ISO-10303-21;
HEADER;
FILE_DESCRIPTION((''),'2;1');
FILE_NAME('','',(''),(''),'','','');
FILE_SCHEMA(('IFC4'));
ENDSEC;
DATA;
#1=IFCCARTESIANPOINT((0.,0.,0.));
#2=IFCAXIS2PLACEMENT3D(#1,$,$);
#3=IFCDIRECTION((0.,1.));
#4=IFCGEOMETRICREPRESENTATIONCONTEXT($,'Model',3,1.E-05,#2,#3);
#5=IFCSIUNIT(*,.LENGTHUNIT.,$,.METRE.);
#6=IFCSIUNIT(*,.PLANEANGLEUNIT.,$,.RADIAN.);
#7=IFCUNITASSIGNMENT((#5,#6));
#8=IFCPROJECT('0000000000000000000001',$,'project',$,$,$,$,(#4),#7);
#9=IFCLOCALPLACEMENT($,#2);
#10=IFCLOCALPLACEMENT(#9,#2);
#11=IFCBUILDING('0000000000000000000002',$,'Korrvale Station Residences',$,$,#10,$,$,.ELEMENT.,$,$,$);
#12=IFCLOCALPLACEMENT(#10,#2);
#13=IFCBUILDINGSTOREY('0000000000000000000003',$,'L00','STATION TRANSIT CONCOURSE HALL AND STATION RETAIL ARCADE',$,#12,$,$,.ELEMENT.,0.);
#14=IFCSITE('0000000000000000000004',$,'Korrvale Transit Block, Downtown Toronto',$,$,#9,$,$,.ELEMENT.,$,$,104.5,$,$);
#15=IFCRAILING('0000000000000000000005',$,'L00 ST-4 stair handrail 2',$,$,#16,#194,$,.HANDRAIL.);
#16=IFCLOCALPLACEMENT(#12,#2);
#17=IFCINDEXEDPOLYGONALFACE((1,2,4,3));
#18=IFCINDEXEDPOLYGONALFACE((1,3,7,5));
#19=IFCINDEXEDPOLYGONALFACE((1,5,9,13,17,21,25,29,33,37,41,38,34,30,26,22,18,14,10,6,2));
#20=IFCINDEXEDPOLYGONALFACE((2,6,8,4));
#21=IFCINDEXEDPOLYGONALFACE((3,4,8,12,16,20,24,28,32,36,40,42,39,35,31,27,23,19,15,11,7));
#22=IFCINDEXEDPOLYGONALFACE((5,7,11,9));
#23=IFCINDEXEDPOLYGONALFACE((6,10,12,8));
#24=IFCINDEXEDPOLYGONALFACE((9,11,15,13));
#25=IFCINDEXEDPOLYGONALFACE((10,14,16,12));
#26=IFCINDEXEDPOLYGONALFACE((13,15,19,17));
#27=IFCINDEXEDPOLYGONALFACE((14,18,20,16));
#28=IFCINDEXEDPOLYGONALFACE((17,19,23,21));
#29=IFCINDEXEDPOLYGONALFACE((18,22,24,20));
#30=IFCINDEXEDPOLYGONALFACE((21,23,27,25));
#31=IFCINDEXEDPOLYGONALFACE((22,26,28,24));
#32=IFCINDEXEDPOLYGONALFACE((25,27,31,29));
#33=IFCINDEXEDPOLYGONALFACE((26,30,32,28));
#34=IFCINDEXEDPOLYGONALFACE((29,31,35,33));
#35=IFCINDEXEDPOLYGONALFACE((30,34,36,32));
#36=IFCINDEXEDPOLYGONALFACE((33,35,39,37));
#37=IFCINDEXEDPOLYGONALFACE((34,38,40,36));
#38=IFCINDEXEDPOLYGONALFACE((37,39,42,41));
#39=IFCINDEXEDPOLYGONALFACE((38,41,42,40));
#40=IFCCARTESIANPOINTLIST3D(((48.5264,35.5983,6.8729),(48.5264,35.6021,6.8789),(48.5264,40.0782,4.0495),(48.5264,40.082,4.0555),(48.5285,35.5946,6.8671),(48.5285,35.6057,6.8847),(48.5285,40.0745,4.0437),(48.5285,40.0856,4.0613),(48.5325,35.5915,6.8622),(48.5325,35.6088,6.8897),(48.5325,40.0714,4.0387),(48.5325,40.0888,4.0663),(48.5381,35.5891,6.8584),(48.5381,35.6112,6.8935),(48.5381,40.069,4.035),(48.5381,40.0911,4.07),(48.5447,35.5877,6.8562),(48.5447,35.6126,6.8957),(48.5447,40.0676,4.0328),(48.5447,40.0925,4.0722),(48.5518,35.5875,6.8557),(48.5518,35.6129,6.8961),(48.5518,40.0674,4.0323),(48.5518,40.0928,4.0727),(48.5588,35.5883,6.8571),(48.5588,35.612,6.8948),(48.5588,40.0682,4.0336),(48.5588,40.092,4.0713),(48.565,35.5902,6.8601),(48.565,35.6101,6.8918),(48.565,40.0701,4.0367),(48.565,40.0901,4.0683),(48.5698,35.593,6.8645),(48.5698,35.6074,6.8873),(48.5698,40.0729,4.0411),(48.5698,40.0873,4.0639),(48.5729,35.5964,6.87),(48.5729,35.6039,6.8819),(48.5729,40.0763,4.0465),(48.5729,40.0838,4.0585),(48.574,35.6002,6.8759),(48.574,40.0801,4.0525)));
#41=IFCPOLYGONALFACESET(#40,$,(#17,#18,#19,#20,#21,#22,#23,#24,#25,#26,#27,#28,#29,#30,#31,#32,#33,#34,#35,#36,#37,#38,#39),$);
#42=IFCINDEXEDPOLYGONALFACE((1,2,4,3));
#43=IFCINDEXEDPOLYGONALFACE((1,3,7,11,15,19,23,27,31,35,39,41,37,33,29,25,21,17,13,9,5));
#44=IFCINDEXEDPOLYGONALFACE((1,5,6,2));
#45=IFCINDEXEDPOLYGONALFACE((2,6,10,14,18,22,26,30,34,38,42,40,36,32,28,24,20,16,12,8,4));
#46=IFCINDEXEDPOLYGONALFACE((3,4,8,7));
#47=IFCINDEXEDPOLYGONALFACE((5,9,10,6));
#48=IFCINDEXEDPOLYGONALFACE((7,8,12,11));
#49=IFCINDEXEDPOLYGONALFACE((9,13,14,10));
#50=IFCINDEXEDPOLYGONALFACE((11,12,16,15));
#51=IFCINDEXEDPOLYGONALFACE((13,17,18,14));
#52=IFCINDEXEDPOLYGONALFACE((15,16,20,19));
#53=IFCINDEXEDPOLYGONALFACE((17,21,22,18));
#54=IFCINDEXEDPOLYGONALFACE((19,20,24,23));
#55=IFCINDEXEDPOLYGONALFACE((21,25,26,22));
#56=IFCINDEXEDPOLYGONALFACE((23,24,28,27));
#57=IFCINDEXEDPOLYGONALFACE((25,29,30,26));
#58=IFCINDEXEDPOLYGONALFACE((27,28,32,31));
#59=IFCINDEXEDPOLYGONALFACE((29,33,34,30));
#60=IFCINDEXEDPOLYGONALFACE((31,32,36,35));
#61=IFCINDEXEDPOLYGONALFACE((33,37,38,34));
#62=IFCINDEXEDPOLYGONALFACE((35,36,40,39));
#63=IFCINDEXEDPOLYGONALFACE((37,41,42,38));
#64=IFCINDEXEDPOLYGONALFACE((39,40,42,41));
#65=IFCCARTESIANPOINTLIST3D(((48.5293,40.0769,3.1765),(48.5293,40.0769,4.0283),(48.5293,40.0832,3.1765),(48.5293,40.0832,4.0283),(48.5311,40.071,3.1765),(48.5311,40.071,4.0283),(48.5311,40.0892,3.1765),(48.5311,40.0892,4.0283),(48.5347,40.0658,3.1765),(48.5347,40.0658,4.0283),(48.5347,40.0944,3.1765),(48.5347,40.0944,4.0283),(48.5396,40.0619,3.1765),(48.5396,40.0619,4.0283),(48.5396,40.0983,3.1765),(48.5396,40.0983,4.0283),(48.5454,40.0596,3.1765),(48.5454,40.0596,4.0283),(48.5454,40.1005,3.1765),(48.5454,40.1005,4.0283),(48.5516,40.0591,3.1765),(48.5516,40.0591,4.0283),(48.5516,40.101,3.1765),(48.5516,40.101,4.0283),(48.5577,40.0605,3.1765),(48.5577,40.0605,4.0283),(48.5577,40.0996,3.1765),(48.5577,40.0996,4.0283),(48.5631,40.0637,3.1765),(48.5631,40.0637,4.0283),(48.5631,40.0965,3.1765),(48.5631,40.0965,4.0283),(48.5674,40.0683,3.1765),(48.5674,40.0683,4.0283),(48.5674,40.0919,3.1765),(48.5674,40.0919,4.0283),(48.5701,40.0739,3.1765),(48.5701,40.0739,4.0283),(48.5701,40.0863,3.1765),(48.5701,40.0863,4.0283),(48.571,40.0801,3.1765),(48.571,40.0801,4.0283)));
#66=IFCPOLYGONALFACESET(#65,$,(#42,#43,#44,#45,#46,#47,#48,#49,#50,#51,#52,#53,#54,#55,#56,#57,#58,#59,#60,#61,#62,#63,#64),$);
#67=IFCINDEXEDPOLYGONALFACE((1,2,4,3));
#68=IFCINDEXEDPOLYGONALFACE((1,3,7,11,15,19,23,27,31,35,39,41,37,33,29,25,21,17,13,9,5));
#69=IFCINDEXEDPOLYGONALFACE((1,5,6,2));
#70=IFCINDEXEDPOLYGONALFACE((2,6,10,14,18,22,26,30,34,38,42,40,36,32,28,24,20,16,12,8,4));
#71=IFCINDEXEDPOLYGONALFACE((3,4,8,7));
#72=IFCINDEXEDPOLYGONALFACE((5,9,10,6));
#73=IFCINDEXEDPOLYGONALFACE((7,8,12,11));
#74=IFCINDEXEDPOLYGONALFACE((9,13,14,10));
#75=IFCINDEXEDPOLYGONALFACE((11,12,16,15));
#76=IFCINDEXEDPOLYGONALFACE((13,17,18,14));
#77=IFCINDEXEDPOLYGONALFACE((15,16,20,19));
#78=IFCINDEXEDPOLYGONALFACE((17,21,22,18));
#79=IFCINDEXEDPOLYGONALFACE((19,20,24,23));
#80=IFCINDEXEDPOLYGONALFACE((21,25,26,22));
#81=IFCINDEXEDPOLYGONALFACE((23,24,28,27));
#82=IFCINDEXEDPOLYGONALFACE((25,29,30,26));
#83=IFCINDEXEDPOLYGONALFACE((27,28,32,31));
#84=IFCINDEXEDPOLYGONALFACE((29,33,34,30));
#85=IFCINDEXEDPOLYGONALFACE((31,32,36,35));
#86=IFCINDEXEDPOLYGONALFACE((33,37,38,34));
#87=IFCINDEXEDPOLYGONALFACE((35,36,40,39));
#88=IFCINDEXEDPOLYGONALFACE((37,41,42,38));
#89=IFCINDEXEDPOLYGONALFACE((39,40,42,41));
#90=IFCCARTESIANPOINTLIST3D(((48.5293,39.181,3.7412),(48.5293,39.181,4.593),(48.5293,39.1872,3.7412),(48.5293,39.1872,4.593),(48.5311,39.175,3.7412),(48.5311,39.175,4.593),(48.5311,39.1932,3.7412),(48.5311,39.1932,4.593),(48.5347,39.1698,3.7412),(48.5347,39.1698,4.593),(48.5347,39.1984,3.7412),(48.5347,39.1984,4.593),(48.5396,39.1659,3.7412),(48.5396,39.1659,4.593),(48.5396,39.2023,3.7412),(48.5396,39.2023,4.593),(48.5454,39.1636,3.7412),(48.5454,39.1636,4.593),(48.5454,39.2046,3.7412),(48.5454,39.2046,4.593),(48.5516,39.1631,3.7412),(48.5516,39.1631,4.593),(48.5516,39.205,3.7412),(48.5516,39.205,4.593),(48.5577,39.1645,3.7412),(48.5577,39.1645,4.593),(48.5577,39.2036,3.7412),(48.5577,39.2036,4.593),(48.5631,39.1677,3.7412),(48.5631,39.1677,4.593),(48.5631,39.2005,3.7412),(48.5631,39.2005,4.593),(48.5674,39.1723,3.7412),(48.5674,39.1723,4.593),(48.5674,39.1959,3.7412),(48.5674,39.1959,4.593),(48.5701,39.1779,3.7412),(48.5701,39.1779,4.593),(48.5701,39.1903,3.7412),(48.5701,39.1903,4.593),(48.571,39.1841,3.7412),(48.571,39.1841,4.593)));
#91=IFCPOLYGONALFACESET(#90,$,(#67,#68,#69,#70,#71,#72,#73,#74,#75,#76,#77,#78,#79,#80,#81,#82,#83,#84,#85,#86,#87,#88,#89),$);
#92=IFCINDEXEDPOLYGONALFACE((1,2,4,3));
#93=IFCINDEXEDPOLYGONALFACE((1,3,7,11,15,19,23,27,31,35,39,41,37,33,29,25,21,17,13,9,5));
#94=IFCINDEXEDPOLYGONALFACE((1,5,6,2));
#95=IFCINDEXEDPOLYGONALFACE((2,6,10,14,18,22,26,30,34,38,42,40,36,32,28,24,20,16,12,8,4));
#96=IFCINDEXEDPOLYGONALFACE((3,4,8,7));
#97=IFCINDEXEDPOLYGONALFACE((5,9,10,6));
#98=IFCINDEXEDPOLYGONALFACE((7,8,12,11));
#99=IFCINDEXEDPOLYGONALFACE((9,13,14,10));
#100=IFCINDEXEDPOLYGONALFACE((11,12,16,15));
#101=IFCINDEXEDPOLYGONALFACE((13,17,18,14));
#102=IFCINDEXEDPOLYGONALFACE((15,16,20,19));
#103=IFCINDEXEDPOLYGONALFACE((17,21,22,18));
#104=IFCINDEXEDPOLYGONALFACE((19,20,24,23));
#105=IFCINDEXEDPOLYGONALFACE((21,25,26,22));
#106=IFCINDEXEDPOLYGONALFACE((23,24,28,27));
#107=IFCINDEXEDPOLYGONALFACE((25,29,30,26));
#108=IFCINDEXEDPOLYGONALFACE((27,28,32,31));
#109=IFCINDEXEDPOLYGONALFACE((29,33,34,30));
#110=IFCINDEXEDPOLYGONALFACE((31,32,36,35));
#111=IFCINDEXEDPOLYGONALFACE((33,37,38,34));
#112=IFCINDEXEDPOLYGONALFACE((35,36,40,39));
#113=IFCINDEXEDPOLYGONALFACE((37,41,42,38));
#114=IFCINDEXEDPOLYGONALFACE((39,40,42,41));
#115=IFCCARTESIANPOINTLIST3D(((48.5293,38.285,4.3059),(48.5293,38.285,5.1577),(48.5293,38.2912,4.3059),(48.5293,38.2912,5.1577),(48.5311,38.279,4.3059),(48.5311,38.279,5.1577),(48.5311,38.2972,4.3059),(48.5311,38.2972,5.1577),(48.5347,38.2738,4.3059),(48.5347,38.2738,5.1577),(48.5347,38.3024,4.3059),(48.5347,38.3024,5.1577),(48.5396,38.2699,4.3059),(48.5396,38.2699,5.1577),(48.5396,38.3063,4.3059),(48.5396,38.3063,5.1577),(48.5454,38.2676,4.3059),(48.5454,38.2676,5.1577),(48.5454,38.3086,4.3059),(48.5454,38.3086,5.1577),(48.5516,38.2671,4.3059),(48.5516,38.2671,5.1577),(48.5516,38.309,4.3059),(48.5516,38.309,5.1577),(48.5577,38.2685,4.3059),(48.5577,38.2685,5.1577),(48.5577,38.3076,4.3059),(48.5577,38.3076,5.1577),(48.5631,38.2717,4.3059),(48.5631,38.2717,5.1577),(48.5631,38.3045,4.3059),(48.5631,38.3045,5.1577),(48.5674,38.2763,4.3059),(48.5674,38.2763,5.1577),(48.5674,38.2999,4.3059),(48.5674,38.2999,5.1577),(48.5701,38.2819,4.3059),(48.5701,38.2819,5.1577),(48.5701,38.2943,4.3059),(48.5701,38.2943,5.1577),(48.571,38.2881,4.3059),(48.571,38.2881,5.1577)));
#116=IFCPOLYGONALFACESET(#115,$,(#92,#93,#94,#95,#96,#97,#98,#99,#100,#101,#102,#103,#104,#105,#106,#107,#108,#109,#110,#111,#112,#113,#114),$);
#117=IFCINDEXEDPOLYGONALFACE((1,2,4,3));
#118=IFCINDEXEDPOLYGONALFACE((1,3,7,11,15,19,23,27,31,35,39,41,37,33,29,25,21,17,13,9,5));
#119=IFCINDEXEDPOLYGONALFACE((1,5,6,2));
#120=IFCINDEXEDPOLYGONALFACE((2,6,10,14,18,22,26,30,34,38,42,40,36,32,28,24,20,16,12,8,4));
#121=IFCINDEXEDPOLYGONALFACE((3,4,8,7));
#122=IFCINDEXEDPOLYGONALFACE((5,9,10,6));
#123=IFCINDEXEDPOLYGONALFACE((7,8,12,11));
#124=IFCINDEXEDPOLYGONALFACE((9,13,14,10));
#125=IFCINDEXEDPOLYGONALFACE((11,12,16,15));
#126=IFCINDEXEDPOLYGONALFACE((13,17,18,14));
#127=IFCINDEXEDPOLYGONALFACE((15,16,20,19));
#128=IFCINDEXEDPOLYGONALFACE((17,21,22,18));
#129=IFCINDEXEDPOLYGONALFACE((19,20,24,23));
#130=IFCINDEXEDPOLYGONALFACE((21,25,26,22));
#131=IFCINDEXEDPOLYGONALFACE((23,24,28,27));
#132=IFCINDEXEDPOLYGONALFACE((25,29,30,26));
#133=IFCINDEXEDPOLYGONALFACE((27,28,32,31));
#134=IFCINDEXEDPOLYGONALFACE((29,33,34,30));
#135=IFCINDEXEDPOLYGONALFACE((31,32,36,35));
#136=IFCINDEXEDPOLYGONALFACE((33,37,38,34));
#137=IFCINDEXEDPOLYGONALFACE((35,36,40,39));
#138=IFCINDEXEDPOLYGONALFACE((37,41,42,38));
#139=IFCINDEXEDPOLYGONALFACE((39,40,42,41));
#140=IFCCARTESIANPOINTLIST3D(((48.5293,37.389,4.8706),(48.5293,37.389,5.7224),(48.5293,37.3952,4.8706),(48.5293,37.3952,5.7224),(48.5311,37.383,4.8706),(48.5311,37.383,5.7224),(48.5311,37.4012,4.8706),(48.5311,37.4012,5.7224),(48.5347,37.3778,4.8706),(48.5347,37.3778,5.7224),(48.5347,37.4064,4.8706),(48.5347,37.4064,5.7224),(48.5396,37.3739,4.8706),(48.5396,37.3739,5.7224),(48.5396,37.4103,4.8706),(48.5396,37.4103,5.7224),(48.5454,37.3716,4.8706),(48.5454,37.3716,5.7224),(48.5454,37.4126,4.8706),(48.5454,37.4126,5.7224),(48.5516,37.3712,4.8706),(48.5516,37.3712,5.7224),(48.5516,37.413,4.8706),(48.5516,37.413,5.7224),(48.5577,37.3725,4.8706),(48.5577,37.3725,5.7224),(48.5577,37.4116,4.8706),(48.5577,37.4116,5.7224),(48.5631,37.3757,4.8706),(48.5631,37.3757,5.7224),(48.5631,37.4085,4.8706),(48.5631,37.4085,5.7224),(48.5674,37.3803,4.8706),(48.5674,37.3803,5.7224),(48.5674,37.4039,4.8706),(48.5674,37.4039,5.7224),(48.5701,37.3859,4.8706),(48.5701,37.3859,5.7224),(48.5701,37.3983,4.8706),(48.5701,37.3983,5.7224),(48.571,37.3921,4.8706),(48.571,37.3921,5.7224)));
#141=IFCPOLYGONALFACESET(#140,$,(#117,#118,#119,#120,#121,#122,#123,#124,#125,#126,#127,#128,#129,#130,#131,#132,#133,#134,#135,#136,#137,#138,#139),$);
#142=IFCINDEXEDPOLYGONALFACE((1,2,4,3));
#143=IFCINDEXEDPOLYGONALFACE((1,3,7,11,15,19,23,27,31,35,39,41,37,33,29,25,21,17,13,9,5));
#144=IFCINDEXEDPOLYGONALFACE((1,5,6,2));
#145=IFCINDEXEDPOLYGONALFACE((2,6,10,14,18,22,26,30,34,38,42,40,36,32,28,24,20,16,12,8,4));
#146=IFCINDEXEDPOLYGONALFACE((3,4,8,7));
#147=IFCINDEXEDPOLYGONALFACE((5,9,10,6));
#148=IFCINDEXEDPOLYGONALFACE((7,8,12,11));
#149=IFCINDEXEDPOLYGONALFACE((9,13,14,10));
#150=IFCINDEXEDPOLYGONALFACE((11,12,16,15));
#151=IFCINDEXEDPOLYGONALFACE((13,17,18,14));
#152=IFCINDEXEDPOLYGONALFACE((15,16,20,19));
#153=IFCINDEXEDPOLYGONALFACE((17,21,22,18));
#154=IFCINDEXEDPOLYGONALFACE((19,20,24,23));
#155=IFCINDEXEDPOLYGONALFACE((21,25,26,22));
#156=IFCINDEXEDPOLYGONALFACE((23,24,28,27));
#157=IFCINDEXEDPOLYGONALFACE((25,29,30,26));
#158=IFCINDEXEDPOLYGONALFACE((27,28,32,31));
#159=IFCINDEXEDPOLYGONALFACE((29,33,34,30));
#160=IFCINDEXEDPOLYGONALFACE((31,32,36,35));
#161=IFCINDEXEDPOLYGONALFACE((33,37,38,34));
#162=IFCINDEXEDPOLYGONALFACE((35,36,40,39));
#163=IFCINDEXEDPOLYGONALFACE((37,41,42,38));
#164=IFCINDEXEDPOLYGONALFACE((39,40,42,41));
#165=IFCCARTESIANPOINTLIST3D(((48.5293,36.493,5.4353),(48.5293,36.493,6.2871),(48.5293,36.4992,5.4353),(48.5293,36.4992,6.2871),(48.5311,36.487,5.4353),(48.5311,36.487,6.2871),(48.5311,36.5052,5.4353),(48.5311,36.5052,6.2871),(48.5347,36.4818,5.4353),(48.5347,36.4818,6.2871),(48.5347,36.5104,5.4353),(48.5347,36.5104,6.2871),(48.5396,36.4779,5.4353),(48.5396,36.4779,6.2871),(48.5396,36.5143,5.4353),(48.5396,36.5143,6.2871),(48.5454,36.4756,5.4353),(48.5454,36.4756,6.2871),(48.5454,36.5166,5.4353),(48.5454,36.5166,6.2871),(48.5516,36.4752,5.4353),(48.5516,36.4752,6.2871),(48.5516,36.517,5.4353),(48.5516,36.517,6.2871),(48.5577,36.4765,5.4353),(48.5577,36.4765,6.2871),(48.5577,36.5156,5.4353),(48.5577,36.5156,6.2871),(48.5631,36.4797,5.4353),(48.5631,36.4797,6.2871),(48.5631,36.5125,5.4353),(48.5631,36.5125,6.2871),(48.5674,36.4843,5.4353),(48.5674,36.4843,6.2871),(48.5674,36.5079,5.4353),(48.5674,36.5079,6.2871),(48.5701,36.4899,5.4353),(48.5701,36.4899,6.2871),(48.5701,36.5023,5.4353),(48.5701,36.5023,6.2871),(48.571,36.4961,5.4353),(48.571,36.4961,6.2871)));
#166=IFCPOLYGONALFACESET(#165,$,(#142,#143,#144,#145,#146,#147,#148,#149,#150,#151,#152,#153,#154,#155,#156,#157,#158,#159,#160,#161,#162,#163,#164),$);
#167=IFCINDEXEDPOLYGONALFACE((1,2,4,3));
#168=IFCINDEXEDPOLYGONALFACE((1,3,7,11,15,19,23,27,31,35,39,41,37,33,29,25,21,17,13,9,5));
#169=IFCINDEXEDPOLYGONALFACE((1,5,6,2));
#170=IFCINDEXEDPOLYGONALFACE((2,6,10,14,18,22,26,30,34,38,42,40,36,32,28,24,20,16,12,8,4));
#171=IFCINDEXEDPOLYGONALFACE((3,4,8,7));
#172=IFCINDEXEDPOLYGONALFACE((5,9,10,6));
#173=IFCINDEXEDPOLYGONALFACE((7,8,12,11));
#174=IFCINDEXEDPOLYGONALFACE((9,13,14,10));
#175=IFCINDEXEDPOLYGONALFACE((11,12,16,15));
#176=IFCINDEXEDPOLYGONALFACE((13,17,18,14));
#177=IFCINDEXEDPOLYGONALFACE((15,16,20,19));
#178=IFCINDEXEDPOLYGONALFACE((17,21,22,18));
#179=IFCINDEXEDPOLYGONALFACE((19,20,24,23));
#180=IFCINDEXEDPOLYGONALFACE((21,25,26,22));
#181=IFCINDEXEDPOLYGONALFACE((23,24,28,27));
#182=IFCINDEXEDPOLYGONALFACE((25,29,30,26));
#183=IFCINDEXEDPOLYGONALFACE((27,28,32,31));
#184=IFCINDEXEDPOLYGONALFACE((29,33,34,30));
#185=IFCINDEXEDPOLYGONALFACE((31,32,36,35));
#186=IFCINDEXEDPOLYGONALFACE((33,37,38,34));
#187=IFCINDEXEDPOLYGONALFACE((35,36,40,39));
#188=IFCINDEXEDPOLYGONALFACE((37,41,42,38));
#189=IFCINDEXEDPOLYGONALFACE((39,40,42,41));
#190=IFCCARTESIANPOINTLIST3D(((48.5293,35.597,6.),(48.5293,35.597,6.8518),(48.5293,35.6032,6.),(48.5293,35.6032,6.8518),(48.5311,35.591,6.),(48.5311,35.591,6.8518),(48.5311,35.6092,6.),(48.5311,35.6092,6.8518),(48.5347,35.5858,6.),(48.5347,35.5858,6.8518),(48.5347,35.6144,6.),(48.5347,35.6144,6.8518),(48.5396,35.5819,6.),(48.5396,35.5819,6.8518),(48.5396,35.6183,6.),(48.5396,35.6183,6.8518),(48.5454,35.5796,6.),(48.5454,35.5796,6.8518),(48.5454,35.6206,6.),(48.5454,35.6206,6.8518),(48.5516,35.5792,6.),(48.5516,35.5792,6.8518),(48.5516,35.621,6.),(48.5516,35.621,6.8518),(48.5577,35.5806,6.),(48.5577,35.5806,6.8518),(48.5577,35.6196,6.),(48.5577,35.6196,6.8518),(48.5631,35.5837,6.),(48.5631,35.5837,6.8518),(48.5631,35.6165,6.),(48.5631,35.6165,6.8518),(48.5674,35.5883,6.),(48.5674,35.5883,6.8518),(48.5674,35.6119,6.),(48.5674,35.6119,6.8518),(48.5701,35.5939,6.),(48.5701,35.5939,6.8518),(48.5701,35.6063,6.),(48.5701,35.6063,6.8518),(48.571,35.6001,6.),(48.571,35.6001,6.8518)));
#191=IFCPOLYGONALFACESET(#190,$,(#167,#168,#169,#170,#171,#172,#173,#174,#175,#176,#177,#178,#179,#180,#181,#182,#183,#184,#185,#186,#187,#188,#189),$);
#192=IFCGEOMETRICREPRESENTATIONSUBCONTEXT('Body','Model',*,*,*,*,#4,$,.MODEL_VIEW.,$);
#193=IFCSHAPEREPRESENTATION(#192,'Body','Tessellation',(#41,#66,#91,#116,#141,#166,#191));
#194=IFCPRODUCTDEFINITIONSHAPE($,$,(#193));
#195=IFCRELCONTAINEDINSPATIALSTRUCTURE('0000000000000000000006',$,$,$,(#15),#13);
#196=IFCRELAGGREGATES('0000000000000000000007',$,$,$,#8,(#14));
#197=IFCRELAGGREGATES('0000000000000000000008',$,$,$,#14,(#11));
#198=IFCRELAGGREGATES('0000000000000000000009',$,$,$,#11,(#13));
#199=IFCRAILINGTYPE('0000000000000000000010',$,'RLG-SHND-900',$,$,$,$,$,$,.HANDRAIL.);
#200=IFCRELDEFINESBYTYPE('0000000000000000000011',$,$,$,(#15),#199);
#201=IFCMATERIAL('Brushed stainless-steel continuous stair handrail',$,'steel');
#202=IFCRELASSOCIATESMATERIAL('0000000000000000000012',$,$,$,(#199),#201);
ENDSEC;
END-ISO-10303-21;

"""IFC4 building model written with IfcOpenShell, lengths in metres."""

from ifc_helpers import new_model, si_unit, direction, frame, origin, origin_2d, place, context, subcontext, project, spatial, circle, extrude, material, type_object, element, save


model = new_model("IFC4")

# Units and contexts
model_context = context("Model", 3, precision=1e-05, world=origin(), true_north=direction((0.0, 1.0)))
body_context = subcontext(model_context, "Body", "Model", "MODEL_VIEW")
ifc_project = project(units=[si_unit("LENGTHUNIT", "METRE"), si_unit("PLANEANGLEUNIT", "RADIAN")], contexts=[model_context])

# Site, building, storey
site_placement = place(None, origin())
site = spatial("IfcSite", under=ifc_project, at=site_placement, Name="Korrvale Transit Block, Downtown Toronto", CompositionType="ELEMENT", RefElevation=104.5)
building_placement = place(site_placement, origin())
building = spatial("IfcBuilding", under=site, at=building_placement, Name="Korrvale Station Residences", CompositionType="ELEMENT")
storey_placement = place(building_placement, origin())
storey = spatial("IfcBuildingStorey", under=building, at=storey_placement, Name="L00", Description="STATION TRANSIT CONCOURSE HALL AND STATION RETAIL ARCADE", CompositionType="ELEMENT", Elevation=0.0)

# Railing
ifc_material_1 = material(Name="Brushed stainless-steel continuous stair handrail", Category="steel")
railing_type_1 = type_object("IfcRailingType", Name="RLG-SHND-900", PredefinedType="HANDRAIL", material=ifc_material_1)
railing_1_placement = place(storey_placement, frame((48.55, 40.0801, 3.1765)))
element("IfcRailing", 1, at=railing_1_placement, inside=storey, type_object=railing_type_1, Name="L00 ST-4 stair handrail 2", PredefinedType="HANDRAIL", context=body_context, shape_type="SweptSolid", body=[
    extrude(circle(Radius=0.0239, at=origin_2d()), frame((0.0, 0.0, 0.876), z_axis=(0.0, -0.845998, 0.533186), x_axis=(1.0, 0.0, 0.0)), (0.0, 0.0, 1.0), 5.2954),
    extrude(circle(Radius=0.021, at=origin_2d()), origin(), (0.0, 0.0, 1.0), 0.8518),
    extrude(circle(Radius=0.021, at=origin_2d()), frame((0.0, -0.896, 0.5647)), (0.0, 0.0, 1.0), 0.8518),
    extrude(circle(Radius=0.021, at=origin_2d()), frame((0.0, -1.792, 1.1294)), (0.0, 0.0, 1.0), 0.8518),
    extrude(circle(Radius=0.021, at=origin_2d()), frame((0.0, -2.688, 1.6941)), (0.0, 0.0, 1.0), 0.8518),
    extrude(circle(Radius=0.021, at=origin_2d()), frame((0.0, -3.584, 2.2588)), (0.0, 0.0, 1.0), 0.8518),
    extrude(circle(Radius=0.021, at=origin_2d()), frame((0.0, -4.48, 2.8235)), (0.0, 0.0, 1.0), 0.8518),
])

save(model, "model.ifc")
